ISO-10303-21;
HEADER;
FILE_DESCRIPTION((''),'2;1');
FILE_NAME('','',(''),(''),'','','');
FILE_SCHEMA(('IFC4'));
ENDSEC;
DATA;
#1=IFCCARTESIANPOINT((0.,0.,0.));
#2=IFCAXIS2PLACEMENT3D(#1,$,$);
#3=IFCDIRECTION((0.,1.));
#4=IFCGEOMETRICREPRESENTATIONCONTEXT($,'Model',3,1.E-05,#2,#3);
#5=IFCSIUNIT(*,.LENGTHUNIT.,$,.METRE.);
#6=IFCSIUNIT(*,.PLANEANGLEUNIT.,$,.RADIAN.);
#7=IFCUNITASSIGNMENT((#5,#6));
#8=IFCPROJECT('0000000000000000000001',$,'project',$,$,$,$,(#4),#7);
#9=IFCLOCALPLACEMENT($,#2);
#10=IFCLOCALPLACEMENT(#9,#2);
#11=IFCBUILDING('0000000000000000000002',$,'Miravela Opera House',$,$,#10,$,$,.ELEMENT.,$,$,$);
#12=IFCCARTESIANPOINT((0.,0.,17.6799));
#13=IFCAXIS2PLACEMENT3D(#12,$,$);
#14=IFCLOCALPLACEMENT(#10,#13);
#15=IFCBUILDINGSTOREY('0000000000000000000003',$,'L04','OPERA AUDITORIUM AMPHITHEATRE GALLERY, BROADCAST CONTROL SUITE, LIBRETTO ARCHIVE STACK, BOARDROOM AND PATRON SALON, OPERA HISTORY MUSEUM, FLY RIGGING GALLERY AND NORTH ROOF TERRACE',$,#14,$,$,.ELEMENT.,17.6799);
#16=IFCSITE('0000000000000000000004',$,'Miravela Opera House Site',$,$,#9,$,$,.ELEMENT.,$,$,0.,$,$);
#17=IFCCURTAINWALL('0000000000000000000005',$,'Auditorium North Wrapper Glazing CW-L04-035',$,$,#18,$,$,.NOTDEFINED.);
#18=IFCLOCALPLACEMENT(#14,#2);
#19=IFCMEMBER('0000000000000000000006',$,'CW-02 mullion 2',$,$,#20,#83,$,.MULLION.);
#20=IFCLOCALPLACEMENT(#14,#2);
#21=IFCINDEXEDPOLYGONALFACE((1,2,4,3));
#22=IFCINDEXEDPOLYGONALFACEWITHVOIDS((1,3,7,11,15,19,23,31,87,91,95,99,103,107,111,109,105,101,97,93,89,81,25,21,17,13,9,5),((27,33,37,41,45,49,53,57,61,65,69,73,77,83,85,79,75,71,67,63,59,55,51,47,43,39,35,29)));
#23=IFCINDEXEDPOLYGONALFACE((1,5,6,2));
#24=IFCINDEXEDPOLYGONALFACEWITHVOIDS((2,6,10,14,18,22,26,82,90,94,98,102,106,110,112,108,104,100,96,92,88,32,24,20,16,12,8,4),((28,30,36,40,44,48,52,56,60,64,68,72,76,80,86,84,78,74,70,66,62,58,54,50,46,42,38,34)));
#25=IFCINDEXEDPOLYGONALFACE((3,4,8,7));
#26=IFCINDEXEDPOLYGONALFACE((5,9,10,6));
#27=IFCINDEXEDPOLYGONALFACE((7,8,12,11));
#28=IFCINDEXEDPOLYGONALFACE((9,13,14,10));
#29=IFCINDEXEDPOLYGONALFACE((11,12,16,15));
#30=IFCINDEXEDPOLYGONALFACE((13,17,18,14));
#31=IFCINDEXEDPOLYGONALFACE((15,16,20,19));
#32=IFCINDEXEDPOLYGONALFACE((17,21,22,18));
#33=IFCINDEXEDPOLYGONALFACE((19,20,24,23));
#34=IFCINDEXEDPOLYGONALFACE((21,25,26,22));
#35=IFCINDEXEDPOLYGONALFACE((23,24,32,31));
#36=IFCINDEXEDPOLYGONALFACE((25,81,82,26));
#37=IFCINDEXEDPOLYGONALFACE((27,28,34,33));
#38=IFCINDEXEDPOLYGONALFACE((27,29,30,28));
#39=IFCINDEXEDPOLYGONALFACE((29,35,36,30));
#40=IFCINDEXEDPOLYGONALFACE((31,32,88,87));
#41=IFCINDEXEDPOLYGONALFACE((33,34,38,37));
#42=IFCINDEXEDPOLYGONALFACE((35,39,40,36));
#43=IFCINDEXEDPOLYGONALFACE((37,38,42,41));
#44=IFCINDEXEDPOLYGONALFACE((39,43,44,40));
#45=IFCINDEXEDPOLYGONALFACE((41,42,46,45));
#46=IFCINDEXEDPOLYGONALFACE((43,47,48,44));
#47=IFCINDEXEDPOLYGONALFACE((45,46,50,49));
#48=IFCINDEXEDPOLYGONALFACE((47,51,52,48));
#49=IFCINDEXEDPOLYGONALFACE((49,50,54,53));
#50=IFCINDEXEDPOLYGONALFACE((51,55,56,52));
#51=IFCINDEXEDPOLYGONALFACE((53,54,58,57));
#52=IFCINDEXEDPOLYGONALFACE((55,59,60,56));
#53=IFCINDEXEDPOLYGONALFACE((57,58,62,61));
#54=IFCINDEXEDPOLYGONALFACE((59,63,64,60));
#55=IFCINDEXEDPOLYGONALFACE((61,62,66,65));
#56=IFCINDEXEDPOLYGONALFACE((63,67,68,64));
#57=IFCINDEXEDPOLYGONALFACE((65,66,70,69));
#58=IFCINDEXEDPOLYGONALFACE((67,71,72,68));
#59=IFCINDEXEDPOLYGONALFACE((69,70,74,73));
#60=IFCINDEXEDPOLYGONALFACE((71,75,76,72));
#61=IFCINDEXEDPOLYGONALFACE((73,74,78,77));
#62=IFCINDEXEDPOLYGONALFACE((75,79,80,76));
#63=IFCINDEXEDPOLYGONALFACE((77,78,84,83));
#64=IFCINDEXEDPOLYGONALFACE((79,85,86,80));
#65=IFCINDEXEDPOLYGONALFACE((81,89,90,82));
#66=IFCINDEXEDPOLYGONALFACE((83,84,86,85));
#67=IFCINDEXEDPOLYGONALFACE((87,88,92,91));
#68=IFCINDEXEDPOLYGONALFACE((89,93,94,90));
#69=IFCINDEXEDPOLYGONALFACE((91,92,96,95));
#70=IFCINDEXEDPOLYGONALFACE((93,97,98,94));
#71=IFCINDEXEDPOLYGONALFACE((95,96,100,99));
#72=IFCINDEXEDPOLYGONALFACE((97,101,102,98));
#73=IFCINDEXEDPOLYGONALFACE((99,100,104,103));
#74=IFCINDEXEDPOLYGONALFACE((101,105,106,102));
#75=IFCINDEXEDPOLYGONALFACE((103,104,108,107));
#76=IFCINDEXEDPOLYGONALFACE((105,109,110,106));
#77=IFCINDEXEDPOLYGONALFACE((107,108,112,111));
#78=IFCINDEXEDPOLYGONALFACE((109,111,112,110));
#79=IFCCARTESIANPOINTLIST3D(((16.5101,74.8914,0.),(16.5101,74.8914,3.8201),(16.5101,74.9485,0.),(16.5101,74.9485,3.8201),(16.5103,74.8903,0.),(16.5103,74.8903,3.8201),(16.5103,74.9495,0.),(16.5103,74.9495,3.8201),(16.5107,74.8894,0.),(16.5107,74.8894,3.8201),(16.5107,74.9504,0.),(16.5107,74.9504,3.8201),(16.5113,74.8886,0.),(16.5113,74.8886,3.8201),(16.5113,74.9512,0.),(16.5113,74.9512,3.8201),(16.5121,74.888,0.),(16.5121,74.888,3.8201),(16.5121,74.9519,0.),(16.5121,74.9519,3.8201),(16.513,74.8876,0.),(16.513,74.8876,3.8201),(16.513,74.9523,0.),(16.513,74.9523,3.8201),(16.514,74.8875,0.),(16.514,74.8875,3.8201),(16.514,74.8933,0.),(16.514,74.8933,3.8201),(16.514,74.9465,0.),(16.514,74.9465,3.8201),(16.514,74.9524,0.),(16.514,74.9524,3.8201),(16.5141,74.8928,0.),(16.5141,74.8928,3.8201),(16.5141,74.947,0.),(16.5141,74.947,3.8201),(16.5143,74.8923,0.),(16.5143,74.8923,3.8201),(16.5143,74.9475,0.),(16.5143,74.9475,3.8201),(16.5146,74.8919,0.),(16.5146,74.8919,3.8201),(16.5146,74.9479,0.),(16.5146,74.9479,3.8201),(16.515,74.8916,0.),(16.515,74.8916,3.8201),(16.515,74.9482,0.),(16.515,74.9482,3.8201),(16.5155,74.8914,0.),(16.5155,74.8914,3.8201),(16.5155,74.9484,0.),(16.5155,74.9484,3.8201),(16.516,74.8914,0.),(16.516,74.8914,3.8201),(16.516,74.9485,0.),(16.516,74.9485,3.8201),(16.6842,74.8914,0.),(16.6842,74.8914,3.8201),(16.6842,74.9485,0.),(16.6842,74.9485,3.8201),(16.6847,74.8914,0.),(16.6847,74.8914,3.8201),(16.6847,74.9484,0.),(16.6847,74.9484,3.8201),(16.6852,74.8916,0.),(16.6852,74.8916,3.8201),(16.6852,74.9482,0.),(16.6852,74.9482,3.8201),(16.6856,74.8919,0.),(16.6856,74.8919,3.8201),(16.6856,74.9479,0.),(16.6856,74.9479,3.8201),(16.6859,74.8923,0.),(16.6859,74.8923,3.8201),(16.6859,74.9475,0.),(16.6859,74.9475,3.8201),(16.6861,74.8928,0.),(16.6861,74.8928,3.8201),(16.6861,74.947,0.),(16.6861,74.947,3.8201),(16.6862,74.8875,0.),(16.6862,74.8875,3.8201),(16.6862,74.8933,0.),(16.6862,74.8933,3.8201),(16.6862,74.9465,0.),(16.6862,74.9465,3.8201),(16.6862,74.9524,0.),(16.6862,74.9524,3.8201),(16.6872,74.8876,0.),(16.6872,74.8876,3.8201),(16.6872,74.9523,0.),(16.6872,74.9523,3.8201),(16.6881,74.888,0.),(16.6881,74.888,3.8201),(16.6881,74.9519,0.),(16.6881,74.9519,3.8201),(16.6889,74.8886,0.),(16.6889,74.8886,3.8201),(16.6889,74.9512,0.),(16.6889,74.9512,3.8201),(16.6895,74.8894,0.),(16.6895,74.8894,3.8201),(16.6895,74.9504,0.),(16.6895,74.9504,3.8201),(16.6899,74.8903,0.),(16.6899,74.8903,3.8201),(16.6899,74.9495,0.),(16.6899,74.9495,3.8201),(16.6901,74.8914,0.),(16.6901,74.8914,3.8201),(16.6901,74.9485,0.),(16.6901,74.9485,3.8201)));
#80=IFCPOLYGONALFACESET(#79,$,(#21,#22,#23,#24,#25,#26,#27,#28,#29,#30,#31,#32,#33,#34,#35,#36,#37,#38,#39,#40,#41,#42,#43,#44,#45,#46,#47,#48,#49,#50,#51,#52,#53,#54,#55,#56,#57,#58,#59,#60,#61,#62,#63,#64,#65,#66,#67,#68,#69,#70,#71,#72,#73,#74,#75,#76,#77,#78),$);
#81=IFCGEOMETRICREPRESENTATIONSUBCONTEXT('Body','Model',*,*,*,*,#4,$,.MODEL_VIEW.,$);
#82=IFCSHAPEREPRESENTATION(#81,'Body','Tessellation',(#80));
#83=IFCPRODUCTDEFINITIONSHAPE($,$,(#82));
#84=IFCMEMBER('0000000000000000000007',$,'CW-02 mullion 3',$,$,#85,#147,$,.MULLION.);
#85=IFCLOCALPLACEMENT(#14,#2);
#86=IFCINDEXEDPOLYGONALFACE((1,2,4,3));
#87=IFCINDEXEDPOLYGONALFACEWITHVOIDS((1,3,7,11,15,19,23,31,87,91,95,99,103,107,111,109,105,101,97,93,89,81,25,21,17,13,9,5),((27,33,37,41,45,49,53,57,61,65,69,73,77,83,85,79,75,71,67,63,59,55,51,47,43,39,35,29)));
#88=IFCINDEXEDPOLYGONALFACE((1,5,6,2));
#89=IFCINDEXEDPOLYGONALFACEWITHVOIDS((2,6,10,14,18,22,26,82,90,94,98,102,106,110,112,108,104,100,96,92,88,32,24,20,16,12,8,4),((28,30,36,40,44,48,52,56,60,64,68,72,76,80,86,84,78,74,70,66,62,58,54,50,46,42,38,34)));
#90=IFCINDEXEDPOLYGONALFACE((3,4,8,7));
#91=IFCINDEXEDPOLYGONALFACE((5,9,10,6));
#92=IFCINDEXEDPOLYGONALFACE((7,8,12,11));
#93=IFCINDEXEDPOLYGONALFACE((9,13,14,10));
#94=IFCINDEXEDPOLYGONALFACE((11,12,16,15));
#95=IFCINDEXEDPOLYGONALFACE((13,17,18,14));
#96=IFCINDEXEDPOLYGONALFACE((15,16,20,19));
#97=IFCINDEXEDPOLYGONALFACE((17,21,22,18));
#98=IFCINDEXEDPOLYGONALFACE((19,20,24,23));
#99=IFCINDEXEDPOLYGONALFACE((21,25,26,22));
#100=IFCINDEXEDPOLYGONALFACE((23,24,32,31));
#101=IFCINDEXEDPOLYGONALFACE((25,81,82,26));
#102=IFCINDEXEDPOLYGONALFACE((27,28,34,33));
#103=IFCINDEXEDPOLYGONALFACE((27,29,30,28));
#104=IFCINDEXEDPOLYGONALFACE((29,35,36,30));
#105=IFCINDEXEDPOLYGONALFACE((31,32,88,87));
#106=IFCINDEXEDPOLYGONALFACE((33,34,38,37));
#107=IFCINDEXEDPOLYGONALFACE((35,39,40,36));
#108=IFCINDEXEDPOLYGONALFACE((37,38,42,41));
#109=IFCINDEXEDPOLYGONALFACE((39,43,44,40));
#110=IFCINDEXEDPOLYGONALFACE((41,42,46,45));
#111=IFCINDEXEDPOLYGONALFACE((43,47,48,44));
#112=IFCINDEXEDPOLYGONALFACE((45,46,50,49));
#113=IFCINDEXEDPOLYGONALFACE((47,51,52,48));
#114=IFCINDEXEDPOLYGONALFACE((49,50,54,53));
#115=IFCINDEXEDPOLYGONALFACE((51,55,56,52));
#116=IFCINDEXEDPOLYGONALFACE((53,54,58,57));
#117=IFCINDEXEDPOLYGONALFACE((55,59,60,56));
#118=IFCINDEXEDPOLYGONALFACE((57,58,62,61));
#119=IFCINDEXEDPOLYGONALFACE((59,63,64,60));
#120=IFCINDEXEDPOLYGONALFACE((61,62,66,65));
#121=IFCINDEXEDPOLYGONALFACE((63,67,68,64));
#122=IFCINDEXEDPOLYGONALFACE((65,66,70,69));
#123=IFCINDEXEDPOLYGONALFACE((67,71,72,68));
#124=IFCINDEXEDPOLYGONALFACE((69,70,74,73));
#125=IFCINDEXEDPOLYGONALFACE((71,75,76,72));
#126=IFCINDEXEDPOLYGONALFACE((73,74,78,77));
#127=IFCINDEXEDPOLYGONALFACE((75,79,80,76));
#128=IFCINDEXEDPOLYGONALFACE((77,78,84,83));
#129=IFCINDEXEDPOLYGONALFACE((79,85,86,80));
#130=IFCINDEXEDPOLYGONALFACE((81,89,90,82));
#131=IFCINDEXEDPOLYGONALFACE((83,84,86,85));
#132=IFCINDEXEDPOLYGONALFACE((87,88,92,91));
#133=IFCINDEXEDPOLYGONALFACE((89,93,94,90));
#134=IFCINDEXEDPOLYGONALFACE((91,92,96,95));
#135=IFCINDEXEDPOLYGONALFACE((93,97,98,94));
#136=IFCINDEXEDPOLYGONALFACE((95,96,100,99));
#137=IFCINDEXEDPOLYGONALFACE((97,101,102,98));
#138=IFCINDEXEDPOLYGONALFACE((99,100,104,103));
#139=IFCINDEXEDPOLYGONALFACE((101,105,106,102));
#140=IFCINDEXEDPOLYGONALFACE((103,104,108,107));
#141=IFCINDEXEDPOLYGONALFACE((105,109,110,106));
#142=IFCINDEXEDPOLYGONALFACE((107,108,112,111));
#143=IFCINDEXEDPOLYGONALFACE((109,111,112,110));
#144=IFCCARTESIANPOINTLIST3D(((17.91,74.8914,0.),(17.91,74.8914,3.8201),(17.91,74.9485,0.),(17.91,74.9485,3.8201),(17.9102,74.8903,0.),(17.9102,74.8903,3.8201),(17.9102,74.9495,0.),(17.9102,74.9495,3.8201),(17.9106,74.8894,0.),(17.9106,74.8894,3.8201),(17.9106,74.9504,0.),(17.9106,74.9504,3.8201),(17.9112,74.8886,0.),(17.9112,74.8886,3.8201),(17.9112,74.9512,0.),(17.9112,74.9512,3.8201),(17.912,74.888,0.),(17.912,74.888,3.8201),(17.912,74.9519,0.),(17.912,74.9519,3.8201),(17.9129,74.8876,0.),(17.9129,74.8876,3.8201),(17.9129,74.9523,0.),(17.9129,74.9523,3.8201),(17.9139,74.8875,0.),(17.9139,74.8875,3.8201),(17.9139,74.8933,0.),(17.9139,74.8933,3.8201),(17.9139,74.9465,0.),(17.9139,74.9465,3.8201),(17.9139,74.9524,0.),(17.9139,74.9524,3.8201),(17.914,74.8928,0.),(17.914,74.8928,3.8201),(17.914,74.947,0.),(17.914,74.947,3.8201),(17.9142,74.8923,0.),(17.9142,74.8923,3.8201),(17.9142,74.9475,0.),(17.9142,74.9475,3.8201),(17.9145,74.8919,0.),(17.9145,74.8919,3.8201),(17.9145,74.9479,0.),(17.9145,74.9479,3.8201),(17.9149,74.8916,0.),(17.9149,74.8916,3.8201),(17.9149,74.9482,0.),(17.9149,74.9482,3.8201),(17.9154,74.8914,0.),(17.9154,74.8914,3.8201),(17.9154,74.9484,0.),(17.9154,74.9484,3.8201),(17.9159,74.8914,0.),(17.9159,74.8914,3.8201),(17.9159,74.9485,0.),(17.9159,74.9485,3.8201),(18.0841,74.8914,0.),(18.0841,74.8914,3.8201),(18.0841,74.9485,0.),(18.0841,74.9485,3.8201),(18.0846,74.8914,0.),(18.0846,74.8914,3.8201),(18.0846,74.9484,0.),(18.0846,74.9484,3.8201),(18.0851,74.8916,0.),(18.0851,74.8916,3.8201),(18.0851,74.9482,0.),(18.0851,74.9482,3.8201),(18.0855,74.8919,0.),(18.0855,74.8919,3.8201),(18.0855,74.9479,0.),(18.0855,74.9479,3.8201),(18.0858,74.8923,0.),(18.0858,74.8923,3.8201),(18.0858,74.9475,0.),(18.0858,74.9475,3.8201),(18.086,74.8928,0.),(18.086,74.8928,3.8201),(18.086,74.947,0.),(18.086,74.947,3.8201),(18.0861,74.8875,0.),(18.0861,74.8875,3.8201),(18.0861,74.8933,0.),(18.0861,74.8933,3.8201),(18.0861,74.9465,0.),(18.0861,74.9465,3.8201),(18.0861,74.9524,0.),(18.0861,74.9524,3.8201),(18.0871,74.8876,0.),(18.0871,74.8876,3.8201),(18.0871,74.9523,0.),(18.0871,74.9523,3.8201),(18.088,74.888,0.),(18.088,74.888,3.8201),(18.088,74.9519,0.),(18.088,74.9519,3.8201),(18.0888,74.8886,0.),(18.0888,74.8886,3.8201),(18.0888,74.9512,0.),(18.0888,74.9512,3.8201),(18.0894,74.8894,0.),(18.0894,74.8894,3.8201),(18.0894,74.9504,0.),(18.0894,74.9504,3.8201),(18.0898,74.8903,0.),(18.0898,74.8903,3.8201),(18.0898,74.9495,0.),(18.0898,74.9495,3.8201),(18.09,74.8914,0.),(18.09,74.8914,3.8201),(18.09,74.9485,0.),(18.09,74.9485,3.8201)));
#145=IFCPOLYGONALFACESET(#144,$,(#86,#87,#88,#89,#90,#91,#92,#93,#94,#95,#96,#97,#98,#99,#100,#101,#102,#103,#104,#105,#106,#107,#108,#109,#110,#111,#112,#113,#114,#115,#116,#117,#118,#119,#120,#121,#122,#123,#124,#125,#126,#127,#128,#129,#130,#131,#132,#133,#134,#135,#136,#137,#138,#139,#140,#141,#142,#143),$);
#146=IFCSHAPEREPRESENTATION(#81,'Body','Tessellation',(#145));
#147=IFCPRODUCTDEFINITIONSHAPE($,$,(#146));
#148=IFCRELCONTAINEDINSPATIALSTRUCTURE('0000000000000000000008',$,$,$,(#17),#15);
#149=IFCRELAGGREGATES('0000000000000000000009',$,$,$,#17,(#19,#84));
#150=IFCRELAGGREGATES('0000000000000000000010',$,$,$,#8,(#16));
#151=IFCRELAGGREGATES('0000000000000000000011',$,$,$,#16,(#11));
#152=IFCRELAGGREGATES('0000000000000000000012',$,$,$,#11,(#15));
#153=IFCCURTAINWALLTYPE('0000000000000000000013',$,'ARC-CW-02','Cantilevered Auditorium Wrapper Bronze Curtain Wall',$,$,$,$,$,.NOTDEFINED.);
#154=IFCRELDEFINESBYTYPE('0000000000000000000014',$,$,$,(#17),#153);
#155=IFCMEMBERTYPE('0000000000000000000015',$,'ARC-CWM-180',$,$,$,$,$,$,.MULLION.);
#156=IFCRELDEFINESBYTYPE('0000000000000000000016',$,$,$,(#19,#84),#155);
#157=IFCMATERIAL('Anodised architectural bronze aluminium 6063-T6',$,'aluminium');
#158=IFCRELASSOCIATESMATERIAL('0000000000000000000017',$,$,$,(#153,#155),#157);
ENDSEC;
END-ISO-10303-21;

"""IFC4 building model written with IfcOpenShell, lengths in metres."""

from ifc_helpers import new_model, si_unit, direction, frame, origin, origin_2d, place, context, subcontext, project, spatial, hollow_rectangle, extrude, material, material_profile, profile_set, type_object, element, aggregate, save


model = new_model("IFC4")

# Units and contexts
model_context = context("Model", 3, precision=1e-05, world=origin(), true_north=direction((0.0, 1.0)))
body_context = subcontext(model_context, "Body", "Model", "MODEL_VIEW")
ifc_project = project(units=[si_unit("LENGTHUNIT", "METRE"), si_unit("PLANEANGLEUNIT", "RADIAN")], contexts=[model_context])

# Site, building, storey
site_placement = place(None, origin())
site = spatial("IfcSite", under=ifc_project, at=site_placement, Name="Miravela Opera House Site", CompositionType="ELEMENT", RefElevation=0.0)
building_placement = place(site_placement, origin())
building = spatial("IfcBuilding", under=site, at=building_placement, Name="Miravela Opera House", CompositionType="ELEMENT")
storey_placement = place(building_placement, frame((0.0, 0.0, 17.6799)))
storey = spatial("IfcBuildingStorey", under=building, at=storey_placement, Name="L04", Description="OPERA AUDITORIUM AMPHITHEATRE GALLERY, BROADCAST CONTROL SUITE, LIBRETTO ARCHIVE STACK, BOARDROOM AND PATRON SALON, OPERA HISTORY MUSEUM, FLY RIGGING GALLERY AND NORTH ROOF TERRACE", CompositionType="ELEMENT", Elevation=17.6799)

# Shared definitions
ifc_material_1 = material(Name="Anodised architectural bronze aluminium 6063-T6", Category="aluminium")
curtain_wall_type = type_object("IfcCurtainWallType", Name="ARC-CW-02", Description="Cantilevered Auditorium Wrapper Bronze Curtain Wall", PredefinedType="NOTDEFINED", material=ifc_material_1)
ifc_material_profile_1 = material_profile(ifc_material_1, hollow_rectangle(XDim=0.0649, YDim=0.1799, WallThickness=0.0039, InnerFilletRadius=0.002, OuterFilletRadius=0.0039, at=origin_2d()), Name="CWM-65X180")
ifc_profile_set_1 = profile_set([ifc_material_profile_1])
member_type_1 = type_object("IfcMemberType", Name="ARC-CWM-180", PredefinedType="MULLION", material=ifc_profile_set_1)

# Curtain wall, members
curtain_wall_1_placement = place(storey_placement, origin())
curtain_wall_1 = element("IfcCurtainWall", 1, at=curtain_wall_1_placement, inside=storey, type_object=curtain_wall_type, Name="Auditorium North Wrapper Glazing CW-L04-035", PredefinedType="NOTDEFINED")
member_1_placement = place(storey_placement, frame((16.6001, 74.9199, 0.0), z_axis=(0.0, 0.0, 1.0), x_axis=(0.0, 1.0, 0.0)))
member_1 = element("IfcMember", 2, at=member_1_placement, type_object=member_type_1, Name="CW-02 mullion 2", PredefinedType="MULLION", context=body_context, shape_type="SweptSolid", body=[
    extrude(hollow_rectangle(XDim=0.0649, YDim=0.1799, WallThickness=0.0039, InnerFilletRadius=0.002, OuterFilletRadius=0.0039, at=origin_2d()), origin(), (0.0, 0.0, 1.0), 3.8201),
])
member_2_placement = place(storey_placement, frame((18.0, 74.9199, 0.0), z_axis=(0.0, 0.0, 1.0), x_axis=(0.0, 1.0, 0.0)))
member_2 = element("IfcMember", 3, at=member_2_placement, type_object=member_type_1, Name="CW-02 mullion 3", PredefinedType="MULLION", context=body_context, shape_type="SweptSolid", body=[
    extrude(hollow_rectangle(XDim=0.0649, YDim=0.1799, WallThickness=0.0039, InnerFilletRadius=0.002, OuterFilletRadius=0.0039, at=origin_2d()), origin(), (0.0, 0.0, 1.0), 3.8201),
])

aggregate(curtain_wall_1, [member_1, member_2])

save(model, "model.ifc")
